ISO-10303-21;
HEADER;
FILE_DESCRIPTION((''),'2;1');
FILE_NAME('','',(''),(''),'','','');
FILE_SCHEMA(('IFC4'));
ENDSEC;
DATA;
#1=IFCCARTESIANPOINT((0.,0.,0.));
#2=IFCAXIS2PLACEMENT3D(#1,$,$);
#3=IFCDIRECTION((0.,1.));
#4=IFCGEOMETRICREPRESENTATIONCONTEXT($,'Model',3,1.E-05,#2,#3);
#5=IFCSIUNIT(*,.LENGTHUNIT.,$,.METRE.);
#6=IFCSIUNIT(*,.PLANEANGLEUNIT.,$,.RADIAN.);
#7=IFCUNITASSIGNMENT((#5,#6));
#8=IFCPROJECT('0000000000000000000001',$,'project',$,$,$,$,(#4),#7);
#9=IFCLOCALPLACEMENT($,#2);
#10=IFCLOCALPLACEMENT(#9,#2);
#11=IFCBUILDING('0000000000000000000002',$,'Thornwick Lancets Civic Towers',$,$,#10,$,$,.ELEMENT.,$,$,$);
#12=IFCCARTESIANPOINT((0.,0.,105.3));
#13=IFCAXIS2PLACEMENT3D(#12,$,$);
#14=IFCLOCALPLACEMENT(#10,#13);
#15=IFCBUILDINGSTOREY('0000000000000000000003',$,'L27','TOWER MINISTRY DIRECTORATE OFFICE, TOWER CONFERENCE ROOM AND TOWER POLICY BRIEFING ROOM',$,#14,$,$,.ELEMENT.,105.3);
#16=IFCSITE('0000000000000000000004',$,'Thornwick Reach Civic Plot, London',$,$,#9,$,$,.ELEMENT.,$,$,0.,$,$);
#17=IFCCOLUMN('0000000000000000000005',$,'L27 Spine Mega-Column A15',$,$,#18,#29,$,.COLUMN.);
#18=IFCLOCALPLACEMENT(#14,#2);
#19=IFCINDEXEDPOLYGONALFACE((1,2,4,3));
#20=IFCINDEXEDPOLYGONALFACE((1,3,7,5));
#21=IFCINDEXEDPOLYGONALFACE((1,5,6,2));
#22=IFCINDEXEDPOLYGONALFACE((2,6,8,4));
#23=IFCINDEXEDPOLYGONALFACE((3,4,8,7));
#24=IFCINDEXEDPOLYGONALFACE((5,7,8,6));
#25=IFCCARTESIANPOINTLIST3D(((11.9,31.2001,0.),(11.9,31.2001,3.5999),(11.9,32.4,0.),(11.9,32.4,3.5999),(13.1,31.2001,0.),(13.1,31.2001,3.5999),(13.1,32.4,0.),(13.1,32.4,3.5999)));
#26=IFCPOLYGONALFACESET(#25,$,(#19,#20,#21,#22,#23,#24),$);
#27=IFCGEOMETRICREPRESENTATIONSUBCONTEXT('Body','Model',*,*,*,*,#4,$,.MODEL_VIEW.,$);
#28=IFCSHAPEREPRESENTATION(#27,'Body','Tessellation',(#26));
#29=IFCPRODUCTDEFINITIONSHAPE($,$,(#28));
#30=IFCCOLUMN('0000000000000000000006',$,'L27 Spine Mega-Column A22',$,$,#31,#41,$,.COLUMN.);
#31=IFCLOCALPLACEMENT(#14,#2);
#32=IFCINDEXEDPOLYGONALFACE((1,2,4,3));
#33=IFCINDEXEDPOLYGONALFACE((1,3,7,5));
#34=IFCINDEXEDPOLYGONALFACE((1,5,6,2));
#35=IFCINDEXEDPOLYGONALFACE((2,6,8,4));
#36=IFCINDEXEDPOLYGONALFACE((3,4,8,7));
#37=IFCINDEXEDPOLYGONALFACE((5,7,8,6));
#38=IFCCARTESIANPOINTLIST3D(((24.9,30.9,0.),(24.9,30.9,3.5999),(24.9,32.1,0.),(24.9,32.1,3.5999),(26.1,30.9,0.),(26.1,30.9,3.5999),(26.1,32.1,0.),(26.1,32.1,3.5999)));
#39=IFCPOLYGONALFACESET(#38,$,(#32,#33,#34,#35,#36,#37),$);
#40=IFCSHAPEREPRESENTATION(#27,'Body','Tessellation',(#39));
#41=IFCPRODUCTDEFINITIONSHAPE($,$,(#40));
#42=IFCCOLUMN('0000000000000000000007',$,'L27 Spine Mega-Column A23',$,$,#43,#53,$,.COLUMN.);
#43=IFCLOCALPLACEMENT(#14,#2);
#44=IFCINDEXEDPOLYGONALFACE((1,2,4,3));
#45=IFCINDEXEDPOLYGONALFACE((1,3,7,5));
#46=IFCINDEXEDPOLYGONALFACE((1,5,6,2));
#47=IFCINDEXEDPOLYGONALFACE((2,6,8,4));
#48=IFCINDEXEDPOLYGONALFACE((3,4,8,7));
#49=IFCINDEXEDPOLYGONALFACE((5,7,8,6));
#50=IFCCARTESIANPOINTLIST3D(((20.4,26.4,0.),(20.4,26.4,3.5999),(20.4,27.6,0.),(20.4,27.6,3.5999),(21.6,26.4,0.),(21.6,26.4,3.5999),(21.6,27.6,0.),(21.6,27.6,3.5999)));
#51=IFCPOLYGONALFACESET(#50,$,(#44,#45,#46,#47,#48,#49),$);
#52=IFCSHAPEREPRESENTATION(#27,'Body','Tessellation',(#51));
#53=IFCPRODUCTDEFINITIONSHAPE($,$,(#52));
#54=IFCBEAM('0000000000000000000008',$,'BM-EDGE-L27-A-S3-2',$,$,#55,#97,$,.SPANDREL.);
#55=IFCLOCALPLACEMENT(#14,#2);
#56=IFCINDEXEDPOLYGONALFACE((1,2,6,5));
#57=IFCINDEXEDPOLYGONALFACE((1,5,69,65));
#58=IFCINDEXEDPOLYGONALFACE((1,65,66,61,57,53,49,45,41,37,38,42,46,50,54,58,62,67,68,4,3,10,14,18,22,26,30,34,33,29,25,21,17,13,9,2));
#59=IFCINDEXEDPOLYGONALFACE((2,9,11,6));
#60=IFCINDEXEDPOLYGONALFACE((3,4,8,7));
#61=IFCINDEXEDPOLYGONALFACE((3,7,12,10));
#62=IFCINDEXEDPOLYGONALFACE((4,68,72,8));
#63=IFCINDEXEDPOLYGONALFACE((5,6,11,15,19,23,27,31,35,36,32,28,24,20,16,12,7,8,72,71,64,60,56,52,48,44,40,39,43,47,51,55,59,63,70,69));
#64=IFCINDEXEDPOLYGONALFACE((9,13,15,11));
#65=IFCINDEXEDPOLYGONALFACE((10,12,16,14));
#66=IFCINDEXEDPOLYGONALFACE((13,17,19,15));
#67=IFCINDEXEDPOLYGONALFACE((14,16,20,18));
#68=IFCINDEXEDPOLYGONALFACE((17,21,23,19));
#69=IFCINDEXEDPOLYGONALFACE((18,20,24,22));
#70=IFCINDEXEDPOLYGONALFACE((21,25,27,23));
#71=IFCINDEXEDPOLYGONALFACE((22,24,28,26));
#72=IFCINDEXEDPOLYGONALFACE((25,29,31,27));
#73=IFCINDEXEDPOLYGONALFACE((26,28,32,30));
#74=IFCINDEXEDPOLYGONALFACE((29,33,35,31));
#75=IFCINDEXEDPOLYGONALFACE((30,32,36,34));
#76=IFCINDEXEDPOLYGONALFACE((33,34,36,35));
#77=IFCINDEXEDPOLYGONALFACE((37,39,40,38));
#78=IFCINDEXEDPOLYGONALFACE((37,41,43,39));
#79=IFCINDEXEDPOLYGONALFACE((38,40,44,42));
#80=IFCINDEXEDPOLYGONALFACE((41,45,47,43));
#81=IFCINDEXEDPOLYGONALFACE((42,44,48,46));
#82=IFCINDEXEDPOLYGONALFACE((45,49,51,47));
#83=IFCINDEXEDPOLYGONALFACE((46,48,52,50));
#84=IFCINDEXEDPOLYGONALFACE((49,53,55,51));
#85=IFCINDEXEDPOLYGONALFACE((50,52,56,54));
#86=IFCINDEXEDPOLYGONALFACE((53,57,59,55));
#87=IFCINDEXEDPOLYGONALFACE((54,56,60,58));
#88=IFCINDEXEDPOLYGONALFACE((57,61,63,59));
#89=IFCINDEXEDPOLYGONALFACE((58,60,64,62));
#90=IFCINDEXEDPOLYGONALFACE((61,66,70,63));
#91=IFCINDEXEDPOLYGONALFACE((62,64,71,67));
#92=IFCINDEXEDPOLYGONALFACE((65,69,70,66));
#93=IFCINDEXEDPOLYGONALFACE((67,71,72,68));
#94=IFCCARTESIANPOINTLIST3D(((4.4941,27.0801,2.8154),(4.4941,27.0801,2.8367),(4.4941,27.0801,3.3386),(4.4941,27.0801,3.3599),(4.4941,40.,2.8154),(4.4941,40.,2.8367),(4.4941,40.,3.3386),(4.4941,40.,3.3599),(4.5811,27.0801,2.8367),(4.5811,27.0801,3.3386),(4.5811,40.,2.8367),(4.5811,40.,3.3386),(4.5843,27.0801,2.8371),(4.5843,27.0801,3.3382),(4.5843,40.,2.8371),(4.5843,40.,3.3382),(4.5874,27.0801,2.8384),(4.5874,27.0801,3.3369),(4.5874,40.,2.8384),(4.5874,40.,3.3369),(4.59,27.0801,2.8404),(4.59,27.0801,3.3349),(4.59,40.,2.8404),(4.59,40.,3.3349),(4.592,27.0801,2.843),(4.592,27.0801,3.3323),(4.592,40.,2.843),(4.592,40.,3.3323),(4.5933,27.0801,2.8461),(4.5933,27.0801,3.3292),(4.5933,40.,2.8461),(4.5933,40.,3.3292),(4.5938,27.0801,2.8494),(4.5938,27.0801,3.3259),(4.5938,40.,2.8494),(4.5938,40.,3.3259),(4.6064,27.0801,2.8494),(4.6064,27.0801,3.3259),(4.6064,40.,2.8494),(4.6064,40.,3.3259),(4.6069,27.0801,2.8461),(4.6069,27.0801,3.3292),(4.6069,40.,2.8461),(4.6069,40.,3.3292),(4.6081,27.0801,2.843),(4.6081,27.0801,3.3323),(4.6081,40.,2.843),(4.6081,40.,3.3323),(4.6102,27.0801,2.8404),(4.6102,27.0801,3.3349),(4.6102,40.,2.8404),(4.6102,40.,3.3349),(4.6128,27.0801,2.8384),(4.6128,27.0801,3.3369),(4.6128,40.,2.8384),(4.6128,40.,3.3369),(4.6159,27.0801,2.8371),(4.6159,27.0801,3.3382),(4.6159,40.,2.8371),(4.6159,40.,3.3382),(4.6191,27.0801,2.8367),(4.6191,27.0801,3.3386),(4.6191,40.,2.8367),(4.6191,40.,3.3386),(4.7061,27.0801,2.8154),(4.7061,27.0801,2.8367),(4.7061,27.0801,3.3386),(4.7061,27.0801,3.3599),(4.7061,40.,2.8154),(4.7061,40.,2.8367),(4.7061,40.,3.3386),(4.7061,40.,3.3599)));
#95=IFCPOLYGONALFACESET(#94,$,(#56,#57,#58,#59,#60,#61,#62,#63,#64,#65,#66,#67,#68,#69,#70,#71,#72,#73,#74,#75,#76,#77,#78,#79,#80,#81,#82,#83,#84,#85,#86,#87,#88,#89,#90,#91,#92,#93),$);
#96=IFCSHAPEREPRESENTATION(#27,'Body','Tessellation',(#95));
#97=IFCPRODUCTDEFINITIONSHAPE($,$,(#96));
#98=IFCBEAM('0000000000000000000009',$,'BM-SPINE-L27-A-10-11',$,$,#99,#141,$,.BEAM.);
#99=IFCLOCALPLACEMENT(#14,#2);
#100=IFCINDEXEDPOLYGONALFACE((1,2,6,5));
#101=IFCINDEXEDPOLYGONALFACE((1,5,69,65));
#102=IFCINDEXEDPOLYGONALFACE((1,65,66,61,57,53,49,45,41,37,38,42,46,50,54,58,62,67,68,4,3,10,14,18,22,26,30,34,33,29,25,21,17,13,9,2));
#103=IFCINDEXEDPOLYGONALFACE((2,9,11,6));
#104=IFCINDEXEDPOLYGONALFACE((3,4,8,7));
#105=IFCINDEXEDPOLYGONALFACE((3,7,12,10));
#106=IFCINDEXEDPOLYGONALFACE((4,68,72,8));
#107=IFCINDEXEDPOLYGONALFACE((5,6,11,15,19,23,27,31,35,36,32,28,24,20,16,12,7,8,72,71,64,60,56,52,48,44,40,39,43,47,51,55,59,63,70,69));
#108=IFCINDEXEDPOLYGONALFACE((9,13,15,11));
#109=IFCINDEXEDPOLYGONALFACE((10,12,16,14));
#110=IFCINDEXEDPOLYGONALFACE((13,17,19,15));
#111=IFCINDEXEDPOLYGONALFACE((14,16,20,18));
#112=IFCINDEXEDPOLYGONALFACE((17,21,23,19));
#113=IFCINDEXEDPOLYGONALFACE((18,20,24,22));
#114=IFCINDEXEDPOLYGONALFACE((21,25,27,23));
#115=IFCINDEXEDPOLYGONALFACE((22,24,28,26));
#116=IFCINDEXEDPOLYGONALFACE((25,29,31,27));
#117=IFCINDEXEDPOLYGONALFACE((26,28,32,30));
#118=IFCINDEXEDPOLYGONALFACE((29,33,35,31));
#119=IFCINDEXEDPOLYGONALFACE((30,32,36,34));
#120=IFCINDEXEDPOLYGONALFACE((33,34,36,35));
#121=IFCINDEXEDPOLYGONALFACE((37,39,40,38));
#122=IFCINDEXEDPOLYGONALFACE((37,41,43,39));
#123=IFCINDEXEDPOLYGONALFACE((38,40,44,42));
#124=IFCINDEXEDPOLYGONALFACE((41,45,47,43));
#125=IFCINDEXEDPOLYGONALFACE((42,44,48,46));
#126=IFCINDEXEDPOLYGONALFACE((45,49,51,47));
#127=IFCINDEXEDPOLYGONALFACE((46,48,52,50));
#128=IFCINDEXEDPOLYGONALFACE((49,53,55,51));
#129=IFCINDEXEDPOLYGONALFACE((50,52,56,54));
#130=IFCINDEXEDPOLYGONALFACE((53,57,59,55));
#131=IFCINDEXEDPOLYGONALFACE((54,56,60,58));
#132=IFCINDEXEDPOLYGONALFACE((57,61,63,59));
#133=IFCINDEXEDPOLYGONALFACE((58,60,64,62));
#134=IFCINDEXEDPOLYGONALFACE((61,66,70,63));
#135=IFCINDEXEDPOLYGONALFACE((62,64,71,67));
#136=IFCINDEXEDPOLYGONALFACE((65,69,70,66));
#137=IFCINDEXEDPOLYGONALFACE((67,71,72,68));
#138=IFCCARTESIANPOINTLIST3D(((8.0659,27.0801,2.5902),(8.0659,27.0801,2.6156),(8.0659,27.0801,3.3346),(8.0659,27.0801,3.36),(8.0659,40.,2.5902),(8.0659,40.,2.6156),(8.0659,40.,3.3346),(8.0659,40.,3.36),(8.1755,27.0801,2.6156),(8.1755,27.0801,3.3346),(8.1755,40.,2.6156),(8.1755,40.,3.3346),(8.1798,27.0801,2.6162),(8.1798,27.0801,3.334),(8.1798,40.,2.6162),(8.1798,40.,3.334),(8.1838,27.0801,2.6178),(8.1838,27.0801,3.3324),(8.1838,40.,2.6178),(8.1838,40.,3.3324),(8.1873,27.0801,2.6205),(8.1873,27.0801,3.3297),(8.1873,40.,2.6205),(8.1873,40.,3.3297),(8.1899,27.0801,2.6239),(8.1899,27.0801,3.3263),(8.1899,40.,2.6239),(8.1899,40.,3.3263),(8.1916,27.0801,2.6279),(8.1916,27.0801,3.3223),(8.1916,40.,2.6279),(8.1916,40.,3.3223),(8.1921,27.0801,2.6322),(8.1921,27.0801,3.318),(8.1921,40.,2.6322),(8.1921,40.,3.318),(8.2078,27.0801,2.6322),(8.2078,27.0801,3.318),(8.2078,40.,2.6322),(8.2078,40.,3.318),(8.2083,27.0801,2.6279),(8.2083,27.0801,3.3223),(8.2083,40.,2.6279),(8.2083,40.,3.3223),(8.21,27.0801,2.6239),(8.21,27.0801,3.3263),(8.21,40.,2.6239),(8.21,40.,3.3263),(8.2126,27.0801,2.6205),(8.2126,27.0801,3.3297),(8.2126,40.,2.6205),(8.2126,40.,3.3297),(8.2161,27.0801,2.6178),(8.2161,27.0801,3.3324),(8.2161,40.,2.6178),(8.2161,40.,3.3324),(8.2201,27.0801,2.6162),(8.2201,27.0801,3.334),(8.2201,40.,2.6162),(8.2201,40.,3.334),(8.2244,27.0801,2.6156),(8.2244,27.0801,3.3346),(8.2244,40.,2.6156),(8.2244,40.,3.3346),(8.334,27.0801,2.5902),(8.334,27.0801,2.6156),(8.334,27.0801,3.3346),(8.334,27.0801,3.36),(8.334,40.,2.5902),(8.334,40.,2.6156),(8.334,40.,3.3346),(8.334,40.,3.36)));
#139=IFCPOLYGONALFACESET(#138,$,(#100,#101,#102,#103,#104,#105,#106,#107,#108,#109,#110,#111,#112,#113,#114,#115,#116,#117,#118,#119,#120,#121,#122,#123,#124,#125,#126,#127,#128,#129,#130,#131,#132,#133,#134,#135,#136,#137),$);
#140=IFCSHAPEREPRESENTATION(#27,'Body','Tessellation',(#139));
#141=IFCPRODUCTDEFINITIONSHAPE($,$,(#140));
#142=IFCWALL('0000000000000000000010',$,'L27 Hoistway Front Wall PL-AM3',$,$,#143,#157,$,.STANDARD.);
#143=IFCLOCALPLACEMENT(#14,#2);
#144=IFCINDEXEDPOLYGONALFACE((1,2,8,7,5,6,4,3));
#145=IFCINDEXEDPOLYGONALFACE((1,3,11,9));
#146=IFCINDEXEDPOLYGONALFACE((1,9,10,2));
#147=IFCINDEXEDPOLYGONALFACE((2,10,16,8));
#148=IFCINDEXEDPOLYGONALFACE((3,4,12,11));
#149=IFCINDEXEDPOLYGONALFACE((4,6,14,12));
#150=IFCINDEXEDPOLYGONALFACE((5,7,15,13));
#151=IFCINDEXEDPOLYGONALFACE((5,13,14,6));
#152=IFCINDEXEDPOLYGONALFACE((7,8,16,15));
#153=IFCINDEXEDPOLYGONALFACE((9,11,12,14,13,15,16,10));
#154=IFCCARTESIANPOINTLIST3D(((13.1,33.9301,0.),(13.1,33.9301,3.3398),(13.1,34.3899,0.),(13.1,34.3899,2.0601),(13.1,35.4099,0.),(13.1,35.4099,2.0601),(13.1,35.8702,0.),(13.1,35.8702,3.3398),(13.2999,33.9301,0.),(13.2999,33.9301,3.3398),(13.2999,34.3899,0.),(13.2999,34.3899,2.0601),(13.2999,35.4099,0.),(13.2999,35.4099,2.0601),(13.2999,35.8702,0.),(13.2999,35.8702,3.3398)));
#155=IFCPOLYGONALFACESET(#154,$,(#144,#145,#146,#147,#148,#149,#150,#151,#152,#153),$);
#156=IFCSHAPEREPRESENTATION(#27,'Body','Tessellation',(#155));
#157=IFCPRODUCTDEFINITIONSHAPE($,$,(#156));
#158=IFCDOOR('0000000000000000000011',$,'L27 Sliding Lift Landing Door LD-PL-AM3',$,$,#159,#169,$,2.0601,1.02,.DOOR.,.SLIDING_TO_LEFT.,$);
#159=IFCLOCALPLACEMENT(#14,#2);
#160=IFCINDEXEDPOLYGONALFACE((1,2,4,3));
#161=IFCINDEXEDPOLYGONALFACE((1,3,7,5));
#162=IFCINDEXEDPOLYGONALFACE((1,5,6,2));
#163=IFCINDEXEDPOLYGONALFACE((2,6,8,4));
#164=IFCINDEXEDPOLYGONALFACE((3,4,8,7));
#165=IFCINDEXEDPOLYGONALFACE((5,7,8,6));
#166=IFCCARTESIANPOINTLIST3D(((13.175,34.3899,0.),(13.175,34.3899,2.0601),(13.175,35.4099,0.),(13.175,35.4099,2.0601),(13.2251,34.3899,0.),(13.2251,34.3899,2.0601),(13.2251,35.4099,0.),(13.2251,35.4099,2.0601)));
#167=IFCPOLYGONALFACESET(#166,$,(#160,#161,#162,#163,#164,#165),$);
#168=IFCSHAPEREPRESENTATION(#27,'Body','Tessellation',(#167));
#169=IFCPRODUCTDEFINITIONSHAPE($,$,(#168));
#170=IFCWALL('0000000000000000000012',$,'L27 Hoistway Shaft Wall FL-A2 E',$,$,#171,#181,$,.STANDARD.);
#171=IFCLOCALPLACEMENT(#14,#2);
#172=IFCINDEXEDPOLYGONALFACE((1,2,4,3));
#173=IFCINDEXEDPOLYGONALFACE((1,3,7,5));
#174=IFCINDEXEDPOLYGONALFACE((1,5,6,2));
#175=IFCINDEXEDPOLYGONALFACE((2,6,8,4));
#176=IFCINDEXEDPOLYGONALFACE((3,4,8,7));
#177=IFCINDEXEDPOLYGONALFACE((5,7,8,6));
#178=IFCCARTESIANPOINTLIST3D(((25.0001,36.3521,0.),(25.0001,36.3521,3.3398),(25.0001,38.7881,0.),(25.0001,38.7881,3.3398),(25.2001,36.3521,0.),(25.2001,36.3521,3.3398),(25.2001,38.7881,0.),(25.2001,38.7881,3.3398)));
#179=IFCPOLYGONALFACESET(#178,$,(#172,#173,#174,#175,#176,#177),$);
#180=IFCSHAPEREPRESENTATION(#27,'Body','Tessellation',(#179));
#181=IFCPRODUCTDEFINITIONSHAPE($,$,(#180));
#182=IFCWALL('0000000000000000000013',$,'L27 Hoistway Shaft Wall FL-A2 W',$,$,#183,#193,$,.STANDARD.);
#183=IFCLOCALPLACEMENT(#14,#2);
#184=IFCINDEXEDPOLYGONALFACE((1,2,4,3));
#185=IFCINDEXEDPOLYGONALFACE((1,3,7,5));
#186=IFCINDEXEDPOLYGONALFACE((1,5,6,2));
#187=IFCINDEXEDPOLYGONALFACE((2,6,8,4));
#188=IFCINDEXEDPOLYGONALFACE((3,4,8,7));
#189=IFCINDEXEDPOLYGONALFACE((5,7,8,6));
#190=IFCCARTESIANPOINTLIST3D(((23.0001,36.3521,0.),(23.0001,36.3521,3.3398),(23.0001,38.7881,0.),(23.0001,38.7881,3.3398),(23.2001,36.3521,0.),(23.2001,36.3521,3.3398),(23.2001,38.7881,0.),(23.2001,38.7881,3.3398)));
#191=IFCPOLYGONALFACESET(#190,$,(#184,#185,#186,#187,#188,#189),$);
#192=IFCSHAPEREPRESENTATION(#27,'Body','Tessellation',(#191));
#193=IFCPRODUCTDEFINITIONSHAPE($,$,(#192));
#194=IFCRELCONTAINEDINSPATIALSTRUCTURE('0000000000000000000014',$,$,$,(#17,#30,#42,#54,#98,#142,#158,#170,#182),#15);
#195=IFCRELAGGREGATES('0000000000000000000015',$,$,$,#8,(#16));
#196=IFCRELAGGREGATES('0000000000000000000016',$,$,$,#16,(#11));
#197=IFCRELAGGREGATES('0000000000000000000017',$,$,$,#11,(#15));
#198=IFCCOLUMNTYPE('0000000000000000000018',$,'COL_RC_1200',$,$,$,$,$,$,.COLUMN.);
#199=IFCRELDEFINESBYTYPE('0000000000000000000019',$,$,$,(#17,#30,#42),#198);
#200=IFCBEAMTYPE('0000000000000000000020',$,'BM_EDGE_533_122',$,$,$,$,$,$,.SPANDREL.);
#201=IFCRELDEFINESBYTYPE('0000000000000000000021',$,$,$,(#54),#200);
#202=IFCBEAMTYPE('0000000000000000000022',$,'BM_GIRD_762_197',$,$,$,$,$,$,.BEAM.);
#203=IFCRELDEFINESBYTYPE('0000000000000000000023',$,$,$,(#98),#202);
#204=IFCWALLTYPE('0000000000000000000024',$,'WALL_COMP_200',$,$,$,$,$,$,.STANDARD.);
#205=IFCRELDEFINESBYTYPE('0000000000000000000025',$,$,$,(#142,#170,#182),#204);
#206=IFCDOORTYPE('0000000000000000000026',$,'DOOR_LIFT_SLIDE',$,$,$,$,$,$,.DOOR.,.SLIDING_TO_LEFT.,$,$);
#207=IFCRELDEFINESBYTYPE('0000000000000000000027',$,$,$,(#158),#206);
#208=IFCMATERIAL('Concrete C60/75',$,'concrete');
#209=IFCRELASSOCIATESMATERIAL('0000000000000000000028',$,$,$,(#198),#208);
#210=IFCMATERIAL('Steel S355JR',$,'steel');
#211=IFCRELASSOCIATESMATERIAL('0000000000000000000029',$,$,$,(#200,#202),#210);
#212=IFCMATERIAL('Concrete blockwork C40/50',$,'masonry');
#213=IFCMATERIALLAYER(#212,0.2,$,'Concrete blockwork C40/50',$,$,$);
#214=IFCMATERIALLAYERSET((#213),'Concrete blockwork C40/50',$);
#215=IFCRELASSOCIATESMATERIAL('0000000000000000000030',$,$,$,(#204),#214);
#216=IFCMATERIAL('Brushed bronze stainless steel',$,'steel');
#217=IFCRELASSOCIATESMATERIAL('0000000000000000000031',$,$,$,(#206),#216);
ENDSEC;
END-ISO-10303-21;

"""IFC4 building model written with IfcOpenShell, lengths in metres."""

from ifc_helpers import new_model, si_unit, direction, frame, frame_2d, origin, origin_2d, place, context, subcontext, project, spatial, rectangle, i_section, extrude, material, layer, layer_set, material_profile, profile_set, type_object, element, fill, save


model = new_model("IFC4")

# Units and contexts
model_context = context("Model", 3, precision=1e-05, world=origin(), true_north=direction((0.0, 1.0)))
body_context = subcontext(model_context, "Body", "Model", "MODEL_VIEW")
ifc_project = project(units=[si_unit("LENGTHUNIT", "METRE"), si_unit("PLANEANGLEUNIT", "RADIAN")], contexts=[model_context])

# Site, building, storey
site_placement = place(None, origin())
site = spatial("IfcSite", under=ifc_project, at=site_placement, Name="Thornwick Reach Civic Plot, London", CompositionType="ELEMENT", RefElevation=0.0)
building_placement = place(site_placement, origin())
building = spatial("IfcBuilding", under=site, at=building_placement, Name="Thornwick Lancets Civic Towers", CompositionType="ELEMENT")
storey_placement = place(building_placement, frame((0.0, 0.0, 105.3)))
storey = spatial("IfcBuildingStorey", under=building, at=storey_placement, Name="L27", Description="TOWER MINISTRY DIRECTORATE OFFICE, TOWER CONFERENCE ROOM AND TOWER POLICY BRIEFING ROOM", CompositionType="ELEMENT", Elevation=105.3)

# Columns
ifc_material_1 = material(Name="Concrete C60/75", Category="concrete")
ifc_material_profile_1 = material_profile(ifc_material_1, rectangle(XDim=1.2, YDim=1.2, at=origin_2d()), Name="RC 1200x1200")
ifc_profile_set_1 = profile_set([ifc_material_profile_1], Name="Concrete C60/75")
column_type = type_object("IfcColumnType", Name="COL_RC_1200", PredefinedType="COLUMN", material=ifc_profile_set_1)
for number, where, z_axis, x_axis, name in (
    (1, (12.5, 31.8, 0.0), (0.0, 0.0, 1.0), (1.0, 0.0, 0.0), "L27 Spine Mega-Column A15"),
    (2, (25.5, 31.5, 0.0), (0.0, 0.0, 1.0), (1.0, 0.0, 0.0), "L27 Spine Mega-Column A22"),
    (3, (21.0, 27.0, 0.0), (0.0, 0.0, 1.0), (1.0, 0.0, 0.0), "L27 Spine Mega-Column A23"),
):
    element("IfcColumn", number, at=place(storey_placement, frame(where, z_axis=z_axis, x_axis=x_axis)), inside=storey, type_object=column_type, Name=name, PredefinedType="COLUMN", context=body_context, shape_type="SweptSolid", body=[
        extrude(rectangle(XDim=1.2, YDim=1.2, at=origin_2d()), origin(), (0.0, 0.0, 1.0), 3.5999),
    ])

# Beams
ifc_material_2 = material(Name="Steel S355JR", Category="steel")
ifc_material_profile_2 = material_profile(ifc_material_2, i_section(OverallWidth=0.2119, OverallDepth=0.5444, WebThickness=0.0127, FlangeThickness=0.0212, FilletRadius=0.0127, at=origin_2d()), Name="UKB 533x210x122")
ifc_profile_set_2 = profile_set([ifc_material_profile_2], Name="Steel S355JR")
beam_type_1 = type_object("IfcBeamType", Name="BM_EDGE_533_122", PredefinedType="SPANDREL", material=ifc_profile_set_2)
beam_1_placement = place(storey_placement, frame((4.6001, 27.0801, 3.0876), z_axis=(0.0, 1.0, 0.0), x_axis=(-1.0, 0.0, 0.0)))
element("IfcBeam", 4, at=beam_1_placement, inside=storey, type_object=beam_type_1, Name="BM-EDGE-L27-A-S3-2", PredefinedType="SPANDREL", context=body_context, shape_type="SweptSolid", body=[
    extrude(i_section(OverallWidth=0.2119, OverallDepth=0.5444, WebThickness=0.0127, FlangeThickness=0.0212, FilletRadius=0.0127, at=origin_2d()), origin(), (0.0, 0.0, 1.0), 12.9199),
])
ifc_material_profile_3 = material_profile(ifc_material_2, i_section(OverallWidth=0.2681, OverallDepth=0.7698, WebThickness=0.0156, FlangeThickness=0.0254, FilletRadius=0.0166, at=origin_2d()), Name="UKB 762x267x197")
ifc_profile_set_3 = profile_set([ifc_material_profile_3], Name="Steel S355JR")
beam_type_2 = type_object("IfcBeamType", Name="BM_GIRD_762_197", PredefinedType="BEAM", material=ifc_profile_set_3)
beam_2_placement = place(storey_placement, frame((8.2, 27.0801, 2.9751), z_axis=(0.0, 1.0, 0.0), x_axis=(-1.0, 0.0, 0.0)))
element("IfcBeam", 5, at=beam_2_placement, inside=storey, type_object=beam_type_2, Name="BM-SPINE-L27-A-10-11", PredefinedType="BEAM", context=body_context, shape_type="SweptSolid", body=[
    extrude(i_section(OverallWidth=0.2681, OverallDepth=0.7698, WebThickness=0.0156, FlangeThickness=0.0254, FilletRadius=0.0166, at=origin_2d()), origin(), (0.0, 0.0, 1.0), 12.9199),
])

# Wall, opening, door
ifc_material_3 = material(Name="Concrete blockwork C40/50", Category="masonry")
ifc_layer_1 = layer(ifc_material_3, 0.2, Name="Concrete blockwork C40/50")
ifc_layer_set_1 = layer_set([ifc_layer_1], Name="Concrete blockwork C40/50")
wall_type_1 = type_object("IfcWallType", Name="WALL_COMP_200", PredefinedType="STANDARD", material=ifc_layer_set_1)
wall_1_placement = place(storey_placement, frame((13.2, 33.9299, 0.0), z_axis=(0.0, 0.0, 1.0), x_axis=(0.0, 1.0, 0.0)))
wall_1 = element("IfcWall", 6, at=wall_1_placement, inside=storey, type_object=wall_type_1, Name="L27 Hoistway Front Wall PL-AM3", PredefinedType="STANDARD", context=body_context, shape_type="SweptSolid", body=[
    extrude(rectangle(XDim=1.9402, YDim=0.2, at=frame_2d((0.9702, 0.0))), origin(), (0.0, 0.0, 1.0), 3.3398),
])
opening_1_placement = place(wall_1_placement, frame((0.46, 0.0, 0.0)))
opening_1 = element("IfcOpeningElement", 7, at=opening_1_placement, cuts=wall_1, PredefinedType="OPENING", context=body_context, shape_type="SweptSolid", body=[
    extrude(rectangle(XDim=1.02, YDim=2.0601, at=frame_2d((0.51, 1.03))), frame((0.0, 0.1099, 0.0), z_axis=(0.0, -1.0, 0.0), x_axis=(1.0, 0.0, 0.0)), (0.0, 0.0, 1.0), 0.22),
])
ifc_material_4 = material(Name="Brushed bronze stainless steel", Category="steel")
door_type_1 = type_object("IfcDoorType", Name="DOOR_LIFT_SLIDE", OperationType="SLIDING_TO_LEFT", PredefinedType="DOOR", material=ifc_material_4)
door_1_placement = place(opening_1_placement, origin())
door_1 = element("IfcDoor", 8, at=door_1_placement, inside=storey, type_object=door_type_1, Name="L27 Sliding Lift Landing Door LD-PL-AM3", OperationType="SLIDING_TO_LEFT", OverallHeight=2.0601, OverallWidth=1.02, PredefinedType="DOOR", context=body_context, shape_type="SweptSolid", body=[
    extrude(rectangle(XDim=1.02, YDim=2.0601, at=frame_2d((0.51, 1.03))), frame((0.0, 0.0249, 0.0), z_axis=(0.0, -1.0, 0.0), x_axis=(1.0, 0.0, 0.0)), (0.0, 0.0, 1.0), 0.05),
])
fill(opening_1, door_1)

# Walls
for number, where, z_axis, x_axis, name in (
    (9, (25.1001, 36.3521, 0.0), (0.0, 0.0, 1.0), (0.0, 1.0, 0.0), "L27 Hoistway Shaft Wall FL-A2 E"),
    (10, (23.1001, 36.3521, 0.0), (0.0, 0.0, 1.0), (0.0, 1.0, 0.0), "L27 Hoistway Shaft Wall FL-A2 W"),
):
    element("IfcWall", number, at=place(storey_placement, frame(where, z_axis=z_axis, x_axis=x_axis)), inside=storey, type_object=wall_type_1, Name=name, PredefinedType="STANDARD", context=body_context, shape_type="SweptSolid", body=[
        extrude(rectangle(XDim=2.436, YDim=0.2, at=frame_2d((1.218, 0.0))), origin(), (0.0, 0.0, 1.0), 3.3398),
    ])

save(model, "model.ifc")
